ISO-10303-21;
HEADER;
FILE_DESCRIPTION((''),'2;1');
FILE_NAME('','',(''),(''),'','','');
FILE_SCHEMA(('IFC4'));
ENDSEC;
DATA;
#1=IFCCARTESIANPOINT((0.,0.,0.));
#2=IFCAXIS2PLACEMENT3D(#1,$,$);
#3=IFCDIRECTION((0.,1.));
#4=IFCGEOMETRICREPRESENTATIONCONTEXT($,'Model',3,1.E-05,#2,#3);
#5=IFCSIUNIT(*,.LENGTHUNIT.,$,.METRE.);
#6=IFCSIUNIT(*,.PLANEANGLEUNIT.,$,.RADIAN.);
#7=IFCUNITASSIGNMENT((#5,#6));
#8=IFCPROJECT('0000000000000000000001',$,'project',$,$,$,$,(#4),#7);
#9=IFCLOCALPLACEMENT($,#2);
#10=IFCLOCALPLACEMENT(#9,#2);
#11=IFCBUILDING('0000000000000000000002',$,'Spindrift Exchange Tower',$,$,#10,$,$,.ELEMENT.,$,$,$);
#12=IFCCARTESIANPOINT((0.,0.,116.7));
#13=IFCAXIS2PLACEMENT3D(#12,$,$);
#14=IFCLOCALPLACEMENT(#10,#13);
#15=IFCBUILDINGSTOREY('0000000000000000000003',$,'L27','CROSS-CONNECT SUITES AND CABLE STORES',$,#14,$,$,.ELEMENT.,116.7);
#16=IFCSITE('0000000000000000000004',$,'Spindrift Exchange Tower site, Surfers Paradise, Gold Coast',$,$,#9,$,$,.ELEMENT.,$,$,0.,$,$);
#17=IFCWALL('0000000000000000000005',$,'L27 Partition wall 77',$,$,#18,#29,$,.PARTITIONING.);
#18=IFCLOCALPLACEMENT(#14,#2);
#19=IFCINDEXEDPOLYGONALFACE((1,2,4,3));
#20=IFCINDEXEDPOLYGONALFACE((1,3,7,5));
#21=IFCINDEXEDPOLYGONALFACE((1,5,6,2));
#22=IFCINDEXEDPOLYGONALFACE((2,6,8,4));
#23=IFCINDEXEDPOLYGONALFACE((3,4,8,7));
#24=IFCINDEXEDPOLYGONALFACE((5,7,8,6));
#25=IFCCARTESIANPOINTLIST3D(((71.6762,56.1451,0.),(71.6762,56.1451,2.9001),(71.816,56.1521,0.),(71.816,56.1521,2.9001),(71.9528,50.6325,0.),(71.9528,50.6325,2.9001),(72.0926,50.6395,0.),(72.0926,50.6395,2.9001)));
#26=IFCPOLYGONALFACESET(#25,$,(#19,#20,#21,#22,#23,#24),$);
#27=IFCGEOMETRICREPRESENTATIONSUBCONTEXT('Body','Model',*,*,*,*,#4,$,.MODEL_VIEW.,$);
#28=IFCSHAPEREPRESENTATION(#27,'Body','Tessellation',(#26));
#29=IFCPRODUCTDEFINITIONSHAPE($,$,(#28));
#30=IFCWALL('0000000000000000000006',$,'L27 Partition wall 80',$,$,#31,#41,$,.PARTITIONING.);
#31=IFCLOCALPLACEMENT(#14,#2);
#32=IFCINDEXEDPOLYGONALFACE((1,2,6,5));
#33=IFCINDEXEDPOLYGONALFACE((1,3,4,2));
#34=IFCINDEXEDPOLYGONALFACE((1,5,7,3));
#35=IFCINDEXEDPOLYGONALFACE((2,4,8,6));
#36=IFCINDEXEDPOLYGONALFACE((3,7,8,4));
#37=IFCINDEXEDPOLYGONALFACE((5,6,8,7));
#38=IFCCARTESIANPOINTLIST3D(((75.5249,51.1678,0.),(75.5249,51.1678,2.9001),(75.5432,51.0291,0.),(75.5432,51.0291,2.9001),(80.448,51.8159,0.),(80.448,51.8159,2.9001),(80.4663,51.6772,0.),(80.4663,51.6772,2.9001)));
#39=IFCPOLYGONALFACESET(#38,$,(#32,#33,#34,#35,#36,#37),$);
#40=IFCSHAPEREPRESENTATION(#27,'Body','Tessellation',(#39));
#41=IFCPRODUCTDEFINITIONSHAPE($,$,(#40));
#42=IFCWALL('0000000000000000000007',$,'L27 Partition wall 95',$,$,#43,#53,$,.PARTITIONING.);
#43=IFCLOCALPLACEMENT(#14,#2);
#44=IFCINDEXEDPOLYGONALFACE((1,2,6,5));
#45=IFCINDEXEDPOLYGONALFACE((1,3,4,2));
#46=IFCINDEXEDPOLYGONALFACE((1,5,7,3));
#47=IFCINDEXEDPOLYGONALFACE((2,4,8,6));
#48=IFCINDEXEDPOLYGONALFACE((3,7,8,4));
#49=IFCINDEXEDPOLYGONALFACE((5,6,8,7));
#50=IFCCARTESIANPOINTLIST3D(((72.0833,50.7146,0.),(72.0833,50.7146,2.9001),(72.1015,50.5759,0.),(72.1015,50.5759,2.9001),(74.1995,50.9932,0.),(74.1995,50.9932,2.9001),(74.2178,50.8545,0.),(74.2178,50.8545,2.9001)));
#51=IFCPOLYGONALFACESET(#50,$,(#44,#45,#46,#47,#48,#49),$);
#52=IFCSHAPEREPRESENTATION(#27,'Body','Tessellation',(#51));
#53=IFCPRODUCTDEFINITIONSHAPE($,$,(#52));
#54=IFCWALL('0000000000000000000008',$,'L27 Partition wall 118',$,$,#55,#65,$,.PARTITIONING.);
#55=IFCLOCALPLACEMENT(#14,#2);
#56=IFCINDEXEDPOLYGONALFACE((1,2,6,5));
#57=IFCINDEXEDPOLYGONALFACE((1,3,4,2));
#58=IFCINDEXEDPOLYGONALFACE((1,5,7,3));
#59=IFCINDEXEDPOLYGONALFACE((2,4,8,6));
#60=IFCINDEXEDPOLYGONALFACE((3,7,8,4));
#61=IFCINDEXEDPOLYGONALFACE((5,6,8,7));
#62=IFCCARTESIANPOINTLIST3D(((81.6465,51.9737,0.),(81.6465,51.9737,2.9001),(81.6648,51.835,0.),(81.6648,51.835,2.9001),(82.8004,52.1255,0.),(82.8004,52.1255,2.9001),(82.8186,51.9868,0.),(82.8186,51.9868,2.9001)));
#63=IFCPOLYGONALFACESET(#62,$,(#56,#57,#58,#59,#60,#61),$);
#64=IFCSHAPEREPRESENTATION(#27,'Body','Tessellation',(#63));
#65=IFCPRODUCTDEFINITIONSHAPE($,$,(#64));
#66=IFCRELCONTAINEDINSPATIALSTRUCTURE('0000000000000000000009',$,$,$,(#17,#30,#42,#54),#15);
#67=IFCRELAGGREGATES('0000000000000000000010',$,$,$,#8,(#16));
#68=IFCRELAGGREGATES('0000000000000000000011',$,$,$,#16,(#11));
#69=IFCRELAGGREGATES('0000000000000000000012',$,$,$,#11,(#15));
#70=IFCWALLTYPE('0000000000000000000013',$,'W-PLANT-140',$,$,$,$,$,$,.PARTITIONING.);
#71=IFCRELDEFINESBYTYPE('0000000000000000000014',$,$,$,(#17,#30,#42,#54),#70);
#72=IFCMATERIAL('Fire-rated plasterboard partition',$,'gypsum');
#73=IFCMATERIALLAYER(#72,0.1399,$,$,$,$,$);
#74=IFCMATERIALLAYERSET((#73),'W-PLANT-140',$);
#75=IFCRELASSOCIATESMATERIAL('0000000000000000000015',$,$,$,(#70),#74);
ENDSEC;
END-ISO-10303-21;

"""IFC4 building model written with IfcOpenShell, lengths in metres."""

from ifc_helpers import new_model, si_unit, direction, frame, frame_2d, origin, place, context, subcontext, project, spatial, rectangle, extrude, material, layer, layer_set, type_object, element, save


model = new_model("IFC4")

# Units and contexts
model_context = context("Model", 3, precision=1e-05, world=origin(), true_north=direction((0.0, 1.0)))
body_context = subcontext(model_context, "Body", "Model", "MODEL_VIEW")
ifc_project = project(units=[si_unit("LENGTHUNIT", "METRE"), si_unit("PLANEANGLEUNIT", "RADIAN")], contexts=[model_context])

# Site, building, storey
site_placement = place(None, origin())
site = spatial("IfcSite", under=ifc_project, at=site_placement, Name="Spindrift Exchange Tower site, Surfers Paradise, Gold Coast", CompositionType="ELEMENT", RefElevation=0.0)
building_placement = place(site_placement, origin())
building = spatial("IfcBuilding", under=site, at=building_placement, Name="Spindrift Exchange Tower", CompositionType="ELEMENT")
storey_placement = place(building_placement, frame((0.0, 0.0, 116.7)))
storey = spatial("IfcBuildingStorey", under=building, at=storey_placement, Name="L27", Description="CROSS-CONNECT SUITES AND CABLE STORES", CompositionType="ELEMENT", Elevation=116.7)

# Shared definitions
ifc_material_1 = material(Name="Fire-rated plasterboard partition", Category="gypsum")
ifc_layer_1 = layer(ifc_material_1, 0.1399)
ifc_layer_set_1 = layer_set([ifc_layer_1], Name="W-PLANT-140")
wall_type_1 = type_object("IfcWallType", Name="W-PLANT-140", PredefinedType="PARTITIONING", material=ifc_layer_set_1)

# Walls
wall_1_placement = place(storey_placement, frame((72.0227, 50.636, 0.0), z_axis=(0.0, 0.0, 1.0), x_axis=(-0.050114, 0.998743, 0.0)))
element("IfcWall", 1, at=wall_1_placement, inside=storey, type_object=wall_type_1, Name="L27 Partition wall 77", PredefinedType="PARTITIONING", context=body_context, shape_type="SweptSolid", body=[
    extrude(rectangle(XDim=5.5195, YDim=0.1399, at=frame_2d((2.7598, 0.0))), origin(), (0.0, 0.0, 1.0), 2.9001),
])
wall_2_placement = place(storey_placement, frame((75.5339, 51.0984, 0.0), z_axis=(0.0, 0.0, 1.0), x_axis=(0.991443, 0.130537, 0.0)))
element("IfcWall", 2, at=wall_2_placement, inside=storey, type_object=wall_type_1, Name="L27 Partition wall 80", PredefinedType="PARTITIONING", context=body_context, shape_type="SweptSolid", body=[
    extrude(rectangle(XDim=4.9656, YDim=0.1399, at=frame_2d((2.4829, 0.0))), origin(), (0.0, 0.0, 1.0), 2.9001),
])
wall_3_placement = place(storey_placement, frame((72.0923, 50.6453, 0.0), z_axis=(0.0, 0.0, 1.0), x_axis=(0.991447, 0.130508, 0.0)))
element("IfcWall", 3, at=wall_3_placement, inside=storey, type_object=wall_type_1, Name="L27 Partition wall 95", PredefinedType="PARTITIONING", context=body_context, shape_type="SweptSolid", body=[
    extrude(rectangle(XDim=2.1345, YDim=0.1399, at=frame_2d((1.0674, 0.0))), origin(), (0.0, 0.0, 1.0), 2.9001),
])
wall_4_placement = place(storey_placement, frame((81.6555, 51.9043, 0.0), z_axis=(0.0, 0.0, 1.0), x_axis=(0.99145, 0.130487, 0.0)))
element("IfcWall", 4, at=wall_4_placement, inside=storey, type_object=wall_type_1, Name="L27 Partition wall 118", PredefinedType="PARTITIONING", context=body_context, shape_type="SweptSolid", body=[
    extrude(rectangle(XDim=1.1638, YDim=0.1399, at=frame_2d((0.582, 0.0))), origin(), (0.0, 0.0, 1.0), 2.9001),
])

save(model, "model.ifc")
